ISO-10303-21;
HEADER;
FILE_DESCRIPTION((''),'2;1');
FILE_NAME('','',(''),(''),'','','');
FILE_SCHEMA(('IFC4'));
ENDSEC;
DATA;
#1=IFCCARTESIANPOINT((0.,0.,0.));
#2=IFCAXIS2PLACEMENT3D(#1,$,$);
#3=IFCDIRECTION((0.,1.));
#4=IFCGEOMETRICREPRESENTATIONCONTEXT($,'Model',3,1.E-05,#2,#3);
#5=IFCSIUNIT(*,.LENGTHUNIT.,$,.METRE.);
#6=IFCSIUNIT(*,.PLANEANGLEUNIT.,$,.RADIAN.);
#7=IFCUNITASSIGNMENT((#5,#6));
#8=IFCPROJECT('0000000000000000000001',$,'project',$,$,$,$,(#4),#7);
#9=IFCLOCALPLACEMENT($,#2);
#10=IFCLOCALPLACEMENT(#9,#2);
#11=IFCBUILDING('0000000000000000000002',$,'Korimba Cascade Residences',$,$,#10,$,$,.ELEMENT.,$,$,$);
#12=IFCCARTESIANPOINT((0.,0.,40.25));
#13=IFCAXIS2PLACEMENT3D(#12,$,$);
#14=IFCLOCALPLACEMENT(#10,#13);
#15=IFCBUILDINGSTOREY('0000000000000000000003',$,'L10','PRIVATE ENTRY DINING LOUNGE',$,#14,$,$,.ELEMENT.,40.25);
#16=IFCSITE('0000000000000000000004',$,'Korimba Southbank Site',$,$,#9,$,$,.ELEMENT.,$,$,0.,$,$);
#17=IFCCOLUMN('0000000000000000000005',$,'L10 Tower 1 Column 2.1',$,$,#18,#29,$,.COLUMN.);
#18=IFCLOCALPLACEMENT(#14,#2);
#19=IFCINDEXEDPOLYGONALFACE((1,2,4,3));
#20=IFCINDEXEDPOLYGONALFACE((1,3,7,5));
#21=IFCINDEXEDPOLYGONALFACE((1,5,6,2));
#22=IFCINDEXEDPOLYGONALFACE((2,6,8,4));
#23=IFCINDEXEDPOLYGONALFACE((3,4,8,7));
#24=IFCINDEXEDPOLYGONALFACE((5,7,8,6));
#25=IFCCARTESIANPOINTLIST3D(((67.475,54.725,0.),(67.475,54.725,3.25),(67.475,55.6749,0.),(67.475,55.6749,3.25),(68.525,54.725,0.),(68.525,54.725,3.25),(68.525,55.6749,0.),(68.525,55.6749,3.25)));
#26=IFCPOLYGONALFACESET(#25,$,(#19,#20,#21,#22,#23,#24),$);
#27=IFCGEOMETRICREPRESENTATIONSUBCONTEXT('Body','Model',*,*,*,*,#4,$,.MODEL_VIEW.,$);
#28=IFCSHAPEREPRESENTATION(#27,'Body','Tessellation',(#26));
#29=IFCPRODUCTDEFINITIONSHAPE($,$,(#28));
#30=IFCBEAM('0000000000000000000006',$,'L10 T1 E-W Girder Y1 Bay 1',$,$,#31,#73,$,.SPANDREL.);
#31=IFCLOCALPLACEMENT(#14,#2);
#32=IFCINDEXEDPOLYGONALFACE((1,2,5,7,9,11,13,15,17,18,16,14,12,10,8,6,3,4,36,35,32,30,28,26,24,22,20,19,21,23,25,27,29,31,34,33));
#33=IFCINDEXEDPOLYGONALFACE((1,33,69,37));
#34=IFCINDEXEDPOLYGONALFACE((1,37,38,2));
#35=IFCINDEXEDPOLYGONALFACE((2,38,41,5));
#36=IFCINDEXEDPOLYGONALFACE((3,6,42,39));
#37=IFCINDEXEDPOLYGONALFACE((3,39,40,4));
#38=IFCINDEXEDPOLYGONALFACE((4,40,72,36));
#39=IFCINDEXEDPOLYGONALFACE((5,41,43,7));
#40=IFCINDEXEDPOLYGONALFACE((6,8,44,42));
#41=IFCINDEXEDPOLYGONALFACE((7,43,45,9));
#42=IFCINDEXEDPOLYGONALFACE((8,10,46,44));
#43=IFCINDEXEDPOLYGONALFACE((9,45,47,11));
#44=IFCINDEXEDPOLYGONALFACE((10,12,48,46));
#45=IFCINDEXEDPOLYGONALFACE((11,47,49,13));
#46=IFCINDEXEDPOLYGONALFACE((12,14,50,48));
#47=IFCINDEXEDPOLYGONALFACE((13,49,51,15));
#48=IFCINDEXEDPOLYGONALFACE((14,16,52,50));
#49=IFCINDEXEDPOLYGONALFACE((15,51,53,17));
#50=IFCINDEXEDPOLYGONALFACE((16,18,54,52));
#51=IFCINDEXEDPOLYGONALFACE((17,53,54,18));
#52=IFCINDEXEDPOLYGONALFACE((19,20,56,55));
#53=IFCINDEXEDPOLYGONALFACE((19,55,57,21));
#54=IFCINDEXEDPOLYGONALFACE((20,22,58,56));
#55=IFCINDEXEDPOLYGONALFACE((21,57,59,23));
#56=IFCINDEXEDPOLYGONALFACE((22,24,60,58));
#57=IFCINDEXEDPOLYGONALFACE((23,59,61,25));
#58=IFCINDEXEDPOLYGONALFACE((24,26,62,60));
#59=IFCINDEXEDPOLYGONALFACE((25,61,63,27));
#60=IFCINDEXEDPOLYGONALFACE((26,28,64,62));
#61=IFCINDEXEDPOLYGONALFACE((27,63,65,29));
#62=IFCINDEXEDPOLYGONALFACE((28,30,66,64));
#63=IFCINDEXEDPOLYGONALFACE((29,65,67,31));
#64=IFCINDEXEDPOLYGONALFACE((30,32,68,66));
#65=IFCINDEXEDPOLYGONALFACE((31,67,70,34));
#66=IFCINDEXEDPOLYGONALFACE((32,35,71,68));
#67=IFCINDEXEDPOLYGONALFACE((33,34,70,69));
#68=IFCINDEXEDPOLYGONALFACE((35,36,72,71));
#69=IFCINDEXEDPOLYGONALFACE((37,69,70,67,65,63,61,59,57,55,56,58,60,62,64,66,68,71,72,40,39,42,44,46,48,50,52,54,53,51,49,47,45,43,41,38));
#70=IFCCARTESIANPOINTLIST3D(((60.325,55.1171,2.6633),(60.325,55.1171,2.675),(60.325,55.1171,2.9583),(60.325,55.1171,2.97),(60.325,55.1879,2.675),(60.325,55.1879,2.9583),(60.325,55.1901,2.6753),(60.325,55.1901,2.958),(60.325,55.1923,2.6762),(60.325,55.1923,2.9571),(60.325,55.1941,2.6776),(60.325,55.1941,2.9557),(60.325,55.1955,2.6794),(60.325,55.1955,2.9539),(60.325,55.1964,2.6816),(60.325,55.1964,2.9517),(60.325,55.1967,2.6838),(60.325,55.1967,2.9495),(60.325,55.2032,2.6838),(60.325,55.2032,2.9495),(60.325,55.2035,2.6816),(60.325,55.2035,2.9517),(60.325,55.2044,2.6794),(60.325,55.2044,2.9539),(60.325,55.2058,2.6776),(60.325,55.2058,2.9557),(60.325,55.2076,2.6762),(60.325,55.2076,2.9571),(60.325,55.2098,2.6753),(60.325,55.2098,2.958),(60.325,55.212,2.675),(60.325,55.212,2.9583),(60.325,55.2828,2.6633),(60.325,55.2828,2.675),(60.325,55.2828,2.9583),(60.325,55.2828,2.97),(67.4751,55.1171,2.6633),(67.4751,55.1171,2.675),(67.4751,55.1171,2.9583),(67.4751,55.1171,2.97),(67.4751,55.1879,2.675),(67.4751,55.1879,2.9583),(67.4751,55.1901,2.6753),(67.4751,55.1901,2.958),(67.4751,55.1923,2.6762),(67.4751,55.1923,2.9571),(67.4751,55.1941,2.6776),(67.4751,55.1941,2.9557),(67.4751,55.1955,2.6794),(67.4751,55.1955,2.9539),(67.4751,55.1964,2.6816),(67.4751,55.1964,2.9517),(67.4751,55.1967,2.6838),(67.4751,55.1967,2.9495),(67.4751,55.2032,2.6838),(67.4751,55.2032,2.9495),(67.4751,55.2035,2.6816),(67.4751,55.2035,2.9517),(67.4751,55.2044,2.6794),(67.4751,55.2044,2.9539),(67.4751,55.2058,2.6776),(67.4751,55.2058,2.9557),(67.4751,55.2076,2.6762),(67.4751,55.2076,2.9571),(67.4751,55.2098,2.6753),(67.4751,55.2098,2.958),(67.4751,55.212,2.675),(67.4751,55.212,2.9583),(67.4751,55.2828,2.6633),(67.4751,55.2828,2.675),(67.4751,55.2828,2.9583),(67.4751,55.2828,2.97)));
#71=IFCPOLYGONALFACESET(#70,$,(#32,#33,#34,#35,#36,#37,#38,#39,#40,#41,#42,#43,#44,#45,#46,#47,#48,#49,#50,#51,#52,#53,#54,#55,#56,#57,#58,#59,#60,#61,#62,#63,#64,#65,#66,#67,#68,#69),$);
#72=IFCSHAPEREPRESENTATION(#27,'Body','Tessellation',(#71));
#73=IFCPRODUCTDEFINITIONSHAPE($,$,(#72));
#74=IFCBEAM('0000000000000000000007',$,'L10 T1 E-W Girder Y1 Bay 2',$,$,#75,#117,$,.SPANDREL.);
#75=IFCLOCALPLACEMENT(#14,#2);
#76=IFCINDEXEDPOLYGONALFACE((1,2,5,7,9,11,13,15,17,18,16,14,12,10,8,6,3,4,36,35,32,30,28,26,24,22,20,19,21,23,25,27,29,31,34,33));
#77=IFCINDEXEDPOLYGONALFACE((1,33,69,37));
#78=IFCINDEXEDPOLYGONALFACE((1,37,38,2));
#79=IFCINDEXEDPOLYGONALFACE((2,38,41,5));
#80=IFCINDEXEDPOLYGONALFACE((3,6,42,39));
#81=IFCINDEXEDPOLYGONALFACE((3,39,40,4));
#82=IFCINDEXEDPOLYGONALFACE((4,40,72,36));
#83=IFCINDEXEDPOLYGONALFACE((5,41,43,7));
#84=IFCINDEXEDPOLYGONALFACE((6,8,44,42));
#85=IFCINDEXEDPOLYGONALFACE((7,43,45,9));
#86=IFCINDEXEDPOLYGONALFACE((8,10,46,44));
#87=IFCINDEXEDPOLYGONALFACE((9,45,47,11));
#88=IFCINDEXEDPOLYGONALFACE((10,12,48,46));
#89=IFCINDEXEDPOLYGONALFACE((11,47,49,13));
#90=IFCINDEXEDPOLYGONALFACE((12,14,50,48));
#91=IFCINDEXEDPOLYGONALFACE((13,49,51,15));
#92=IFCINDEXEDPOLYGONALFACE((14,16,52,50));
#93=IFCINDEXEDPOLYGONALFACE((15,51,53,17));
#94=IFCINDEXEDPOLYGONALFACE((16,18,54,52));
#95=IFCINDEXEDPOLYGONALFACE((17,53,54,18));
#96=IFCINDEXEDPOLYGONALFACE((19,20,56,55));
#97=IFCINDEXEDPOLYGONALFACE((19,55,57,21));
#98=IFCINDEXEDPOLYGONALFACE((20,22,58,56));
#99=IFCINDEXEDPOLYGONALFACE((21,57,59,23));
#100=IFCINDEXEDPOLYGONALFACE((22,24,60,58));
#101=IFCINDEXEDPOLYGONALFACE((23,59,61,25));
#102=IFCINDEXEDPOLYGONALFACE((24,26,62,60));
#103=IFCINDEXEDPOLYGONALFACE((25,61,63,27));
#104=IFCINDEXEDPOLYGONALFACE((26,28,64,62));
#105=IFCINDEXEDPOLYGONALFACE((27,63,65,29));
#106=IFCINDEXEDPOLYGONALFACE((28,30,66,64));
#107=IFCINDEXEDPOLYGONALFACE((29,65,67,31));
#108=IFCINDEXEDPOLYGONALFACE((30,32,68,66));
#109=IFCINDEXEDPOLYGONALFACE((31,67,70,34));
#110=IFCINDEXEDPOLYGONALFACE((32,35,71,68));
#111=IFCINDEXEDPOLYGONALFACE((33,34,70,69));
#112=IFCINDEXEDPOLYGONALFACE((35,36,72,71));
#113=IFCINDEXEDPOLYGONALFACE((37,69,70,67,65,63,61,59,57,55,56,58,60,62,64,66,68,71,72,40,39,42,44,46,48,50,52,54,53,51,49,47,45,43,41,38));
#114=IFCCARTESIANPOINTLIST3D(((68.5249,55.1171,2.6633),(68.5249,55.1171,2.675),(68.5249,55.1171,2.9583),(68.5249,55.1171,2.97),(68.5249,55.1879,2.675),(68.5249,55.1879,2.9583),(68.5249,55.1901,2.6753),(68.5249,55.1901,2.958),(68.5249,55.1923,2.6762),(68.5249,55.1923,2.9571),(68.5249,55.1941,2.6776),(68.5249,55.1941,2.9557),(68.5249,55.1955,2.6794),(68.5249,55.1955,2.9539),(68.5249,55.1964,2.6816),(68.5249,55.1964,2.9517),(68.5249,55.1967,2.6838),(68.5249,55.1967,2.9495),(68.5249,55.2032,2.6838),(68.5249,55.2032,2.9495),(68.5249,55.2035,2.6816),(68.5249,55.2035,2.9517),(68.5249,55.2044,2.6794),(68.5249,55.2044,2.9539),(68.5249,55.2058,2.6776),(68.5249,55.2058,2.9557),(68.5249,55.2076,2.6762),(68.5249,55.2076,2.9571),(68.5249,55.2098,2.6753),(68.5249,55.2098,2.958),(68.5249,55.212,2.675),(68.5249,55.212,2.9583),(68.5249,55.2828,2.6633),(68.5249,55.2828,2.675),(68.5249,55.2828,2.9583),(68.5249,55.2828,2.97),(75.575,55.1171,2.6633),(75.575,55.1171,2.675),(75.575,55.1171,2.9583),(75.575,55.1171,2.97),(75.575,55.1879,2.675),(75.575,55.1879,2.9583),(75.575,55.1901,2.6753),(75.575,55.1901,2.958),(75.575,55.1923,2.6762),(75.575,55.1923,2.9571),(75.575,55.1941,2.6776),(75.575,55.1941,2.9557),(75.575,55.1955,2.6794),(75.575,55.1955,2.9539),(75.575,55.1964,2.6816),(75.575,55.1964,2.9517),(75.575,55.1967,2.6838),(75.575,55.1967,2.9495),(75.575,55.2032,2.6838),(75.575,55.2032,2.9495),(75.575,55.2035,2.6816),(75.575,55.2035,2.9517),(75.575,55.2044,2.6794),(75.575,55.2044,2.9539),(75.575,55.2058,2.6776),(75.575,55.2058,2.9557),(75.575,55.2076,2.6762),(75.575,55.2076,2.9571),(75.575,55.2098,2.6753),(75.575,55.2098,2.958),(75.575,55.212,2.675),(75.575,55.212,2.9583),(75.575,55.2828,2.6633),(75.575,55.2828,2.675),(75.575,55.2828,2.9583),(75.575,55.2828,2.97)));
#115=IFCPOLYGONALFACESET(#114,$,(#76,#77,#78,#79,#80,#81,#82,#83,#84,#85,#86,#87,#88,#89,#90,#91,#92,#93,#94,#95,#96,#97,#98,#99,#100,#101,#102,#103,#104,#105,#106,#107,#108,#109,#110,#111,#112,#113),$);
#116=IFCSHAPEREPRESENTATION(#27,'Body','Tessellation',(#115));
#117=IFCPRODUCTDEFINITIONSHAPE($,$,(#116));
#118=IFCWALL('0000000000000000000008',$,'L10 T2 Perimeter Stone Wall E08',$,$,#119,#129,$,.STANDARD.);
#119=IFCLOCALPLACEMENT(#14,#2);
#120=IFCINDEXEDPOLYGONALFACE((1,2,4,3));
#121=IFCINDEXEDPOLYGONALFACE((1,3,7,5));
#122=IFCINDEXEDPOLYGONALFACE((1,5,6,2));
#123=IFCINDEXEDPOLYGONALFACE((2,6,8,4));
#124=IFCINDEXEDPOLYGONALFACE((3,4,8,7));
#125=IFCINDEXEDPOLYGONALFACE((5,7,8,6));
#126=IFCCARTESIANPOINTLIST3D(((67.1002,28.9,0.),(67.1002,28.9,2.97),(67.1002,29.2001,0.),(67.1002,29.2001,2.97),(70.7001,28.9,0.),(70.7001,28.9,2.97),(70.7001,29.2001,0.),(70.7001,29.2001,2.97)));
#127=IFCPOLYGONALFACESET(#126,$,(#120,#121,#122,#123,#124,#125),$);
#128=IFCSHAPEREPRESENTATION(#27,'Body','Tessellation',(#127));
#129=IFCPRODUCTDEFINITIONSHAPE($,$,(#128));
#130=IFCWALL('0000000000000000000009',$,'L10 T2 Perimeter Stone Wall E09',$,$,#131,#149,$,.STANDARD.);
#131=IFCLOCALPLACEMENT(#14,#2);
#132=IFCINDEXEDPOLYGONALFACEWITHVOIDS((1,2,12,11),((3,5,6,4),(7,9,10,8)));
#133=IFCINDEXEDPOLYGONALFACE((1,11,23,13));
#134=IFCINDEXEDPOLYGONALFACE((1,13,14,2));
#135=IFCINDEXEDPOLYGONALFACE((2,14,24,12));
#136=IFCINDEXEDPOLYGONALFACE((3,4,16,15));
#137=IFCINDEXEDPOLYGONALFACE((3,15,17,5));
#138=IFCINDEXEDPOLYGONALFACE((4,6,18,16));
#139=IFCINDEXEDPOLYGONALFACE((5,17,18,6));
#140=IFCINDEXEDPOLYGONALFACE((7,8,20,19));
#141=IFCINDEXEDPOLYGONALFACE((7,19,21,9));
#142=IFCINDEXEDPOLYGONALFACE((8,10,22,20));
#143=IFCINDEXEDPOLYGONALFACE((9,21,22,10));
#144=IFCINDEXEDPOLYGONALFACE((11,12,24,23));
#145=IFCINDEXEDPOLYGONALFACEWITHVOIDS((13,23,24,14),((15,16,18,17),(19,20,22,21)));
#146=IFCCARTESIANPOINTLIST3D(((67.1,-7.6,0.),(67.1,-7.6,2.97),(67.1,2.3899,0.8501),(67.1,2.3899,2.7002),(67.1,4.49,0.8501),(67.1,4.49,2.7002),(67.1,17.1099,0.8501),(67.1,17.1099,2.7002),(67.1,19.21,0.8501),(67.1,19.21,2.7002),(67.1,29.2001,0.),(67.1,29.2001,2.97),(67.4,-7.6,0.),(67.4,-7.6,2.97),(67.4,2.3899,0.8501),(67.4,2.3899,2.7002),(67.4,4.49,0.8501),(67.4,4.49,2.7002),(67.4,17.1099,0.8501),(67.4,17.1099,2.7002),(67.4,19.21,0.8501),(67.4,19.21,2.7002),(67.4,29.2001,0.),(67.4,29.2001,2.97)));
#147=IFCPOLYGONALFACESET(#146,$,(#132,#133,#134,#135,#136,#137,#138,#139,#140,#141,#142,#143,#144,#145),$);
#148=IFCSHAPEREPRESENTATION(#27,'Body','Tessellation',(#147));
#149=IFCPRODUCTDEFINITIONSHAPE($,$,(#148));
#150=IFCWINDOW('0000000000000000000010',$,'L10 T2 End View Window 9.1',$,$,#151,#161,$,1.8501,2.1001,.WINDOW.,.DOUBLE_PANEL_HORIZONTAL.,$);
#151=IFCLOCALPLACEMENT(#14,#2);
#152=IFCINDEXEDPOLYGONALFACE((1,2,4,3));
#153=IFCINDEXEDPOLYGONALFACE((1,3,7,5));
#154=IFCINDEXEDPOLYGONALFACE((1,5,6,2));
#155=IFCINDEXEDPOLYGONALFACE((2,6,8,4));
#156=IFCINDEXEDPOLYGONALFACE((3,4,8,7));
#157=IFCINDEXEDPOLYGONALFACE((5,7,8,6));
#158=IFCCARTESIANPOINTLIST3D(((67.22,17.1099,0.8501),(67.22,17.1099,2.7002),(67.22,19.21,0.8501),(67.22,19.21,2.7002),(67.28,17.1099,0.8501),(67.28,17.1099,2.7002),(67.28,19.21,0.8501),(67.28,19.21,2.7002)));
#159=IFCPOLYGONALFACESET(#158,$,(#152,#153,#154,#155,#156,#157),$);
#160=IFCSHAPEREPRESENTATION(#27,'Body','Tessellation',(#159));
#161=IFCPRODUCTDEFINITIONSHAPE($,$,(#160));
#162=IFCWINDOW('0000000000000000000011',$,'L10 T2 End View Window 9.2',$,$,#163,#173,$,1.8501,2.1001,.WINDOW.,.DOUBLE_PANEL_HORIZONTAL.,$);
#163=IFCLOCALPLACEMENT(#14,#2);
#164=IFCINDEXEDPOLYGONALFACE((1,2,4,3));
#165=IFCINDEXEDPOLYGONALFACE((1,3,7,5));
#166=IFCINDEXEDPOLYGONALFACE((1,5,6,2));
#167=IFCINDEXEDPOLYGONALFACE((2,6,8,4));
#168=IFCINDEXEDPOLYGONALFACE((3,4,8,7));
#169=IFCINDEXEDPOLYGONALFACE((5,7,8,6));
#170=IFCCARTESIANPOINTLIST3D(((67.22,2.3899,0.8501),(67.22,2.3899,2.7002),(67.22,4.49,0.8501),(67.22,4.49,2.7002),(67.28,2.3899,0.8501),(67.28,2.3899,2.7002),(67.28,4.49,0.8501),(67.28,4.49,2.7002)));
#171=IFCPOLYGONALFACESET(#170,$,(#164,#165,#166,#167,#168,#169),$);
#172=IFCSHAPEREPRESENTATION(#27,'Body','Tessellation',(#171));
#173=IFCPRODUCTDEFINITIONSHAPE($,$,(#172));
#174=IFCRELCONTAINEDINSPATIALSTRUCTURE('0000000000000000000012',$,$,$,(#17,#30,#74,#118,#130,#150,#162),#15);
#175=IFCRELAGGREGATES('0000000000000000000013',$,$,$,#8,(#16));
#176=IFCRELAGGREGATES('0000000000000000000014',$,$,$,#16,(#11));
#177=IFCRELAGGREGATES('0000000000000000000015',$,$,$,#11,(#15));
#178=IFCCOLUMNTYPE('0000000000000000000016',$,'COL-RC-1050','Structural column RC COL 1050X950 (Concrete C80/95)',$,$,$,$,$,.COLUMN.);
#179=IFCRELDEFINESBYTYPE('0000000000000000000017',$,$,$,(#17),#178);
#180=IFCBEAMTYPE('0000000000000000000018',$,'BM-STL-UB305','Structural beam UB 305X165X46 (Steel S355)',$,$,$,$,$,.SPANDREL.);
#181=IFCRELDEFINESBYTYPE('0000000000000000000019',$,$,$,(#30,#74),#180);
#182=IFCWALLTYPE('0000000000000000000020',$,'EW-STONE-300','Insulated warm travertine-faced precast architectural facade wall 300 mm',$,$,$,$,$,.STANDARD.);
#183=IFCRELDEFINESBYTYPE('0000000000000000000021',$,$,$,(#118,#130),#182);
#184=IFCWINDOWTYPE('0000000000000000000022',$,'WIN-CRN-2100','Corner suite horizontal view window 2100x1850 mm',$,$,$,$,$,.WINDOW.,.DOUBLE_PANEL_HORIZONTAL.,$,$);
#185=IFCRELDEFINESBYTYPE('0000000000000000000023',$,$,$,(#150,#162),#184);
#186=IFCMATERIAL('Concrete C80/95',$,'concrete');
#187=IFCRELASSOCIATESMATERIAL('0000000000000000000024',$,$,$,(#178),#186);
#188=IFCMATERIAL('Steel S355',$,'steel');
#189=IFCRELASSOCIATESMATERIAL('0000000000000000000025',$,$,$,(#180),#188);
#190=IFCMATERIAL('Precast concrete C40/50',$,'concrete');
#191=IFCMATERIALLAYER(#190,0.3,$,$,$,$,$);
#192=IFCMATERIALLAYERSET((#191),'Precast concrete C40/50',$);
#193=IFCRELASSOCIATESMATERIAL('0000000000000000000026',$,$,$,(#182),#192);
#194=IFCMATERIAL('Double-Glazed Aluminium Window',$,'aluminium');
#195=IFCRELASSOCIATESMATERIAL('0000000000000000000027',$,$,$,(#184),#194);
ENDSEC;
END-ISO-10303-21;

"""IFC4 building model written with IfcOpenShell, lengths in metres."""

from ifc_helpers import new_model, si_unit, direction, frame, frame_2d, origin, origin_2d, place, context, subcontext, project, spatial, rectangle, i_section, extrude, material, layer, layer_set, material_profile, profile_set, type_object, element, fill, save


model = new_model("IFC4")

# Units and contexts
model_context = context("Model", 3, precision=1e-05, world=origin(), true_north=direction((0.0, 1.0)))
body_context = subcontext(model_context, "Body", "Model", "MODEL_VIEW")
ifc_project = project(units=[si_unit("LENGTHUNIT", "METRE"), si_unit("PLANEANGLEUNIT", "RADIAN")], contexts=[model_context])

# Site, building, storey
site_placement = place(None, origin())
site = spatial("IfcSite", under=ifc_project, at=site_placement, Name="Korimba Southbank Site", CompositionType="ELEMENT", RefElevation=0.0)
building_placement = place(site_placement, origin())
building = spatial("IfcBuilding", under=site, at=building_placement, Name="Korimba Cascade Residences", CompositionType="ELEMENT")
storey_placement = place(building_placement, frame((0.0, 0.0, 40.25)))
storey = spatial("IfcBuildingStorey", under=building, at=storey_placement, Name="L10", Description="PRIVATE ENTRY DINING LOUNGE", CompositionType="ELEMENT", Elevation=40.25)

# Column
ifc_material_1 = material(Name="Concrete C80/95", Category="concrete")
ifc_material_profile_1 = material_profile(ifc_material_1, rectangle(XDim=1.05, YDim=0.95, at=origin_2d()), Name="Concrete C80/95")
ifc_profile_set_1 = profile_set([ifc_material_profile_1], Name="Concrete C80/95")
column_type = type_object("IfcColumnType", Name="COL-RC-1050", Description="Structural column RC COL 1050X950 (Concrete C80/95)", PredefinedType="COLUMN", material=ifc_profile_set_1)
column_placement = place(storey_placement, frame((68.0, 55.2, 0.0), z_axis=(0.0, 0.0, 1.0), x_axis=(1.0, 0.0, 0.0)))
element("IfcColumn", 1, at=column_placement, inside=storey, type_object=column_type, Name="L10 Tower 1 Column 2.1", PredefinedType="COLUMN", context=body_context, shape_type="SweptSolid", body=[
    extrude(rectangle(XDim=1.05, YDim=0.95, at=origin_2d()), origin(), (0.0, 0.0, 1.0), 3.25),
])

# Beams
ifc_material_2 = material(Name="Steel S355", Category="steel")
ifc_material_profile_2 = material_profile(ifc_material_2, i_section(OverallWidth=0.1658, OverallDepth=0.3066, WebThickness=0.0066, FlangeThickness=0.0117, FilletRadius=0.0088, at=origin_2d()), Name="Steel S355")
ifc_profile_set_2 = profile_set([ifc_material_profile_2], Name="Steel S355")
beam_type = type_object("IfcBeamType", Name="BM-STL-UB305", Description="Structural beam UB 305X165X46 (Steel S355)", PredefinedType="SPANDREL", material=ifc_profile_set_2)
beam_1_placement = place(storey_placement, frame((60.325, 55.2, 2.8167), z_axis=(1.0, 0.0, 0.0), x_axis=(0.0, 1.0, 0.0)))
element("IfcBeam", 2, at=beam_1_placement, inside=storey, type_object=beam_type, Name="L10 T1 E-W Girder Y1 Bay 1", PredefinedType="SPANDREL", context=body_context, shape_type="SweptSolid", body=[
    extrude(i_section(OverallWidth=0.1658, OverallDepth=0.3066, WebThickness=0.0066, FlangeThickness=0.0117, FilletRadius=0.0088, at=origin_2d()), origin(), (0.0, 0.0, 1.0), 7.1501),
])
beam_2_placement = place(storey_placement, frame((68.5249, 55.2, 2.8167), z_axis=(1.0, 0.0, 0.0), x_axis=(0.0, 1.0, 0.0)))
element("IfcBeam", 3, at=beam_2_placement, inside=storey, type_object=beam_type, Name="L10 T1 E-W Girder Y1 Bay 2", PredefinedType="SPANDREL", context=body_context, shape_type="SweptSolid", body=[
    extrude(i_section(OverallWidth=0.1658, OverallDepth=0.3066, WebThickness=0.0066, FlangeThickness=0.0117, FilletRadius=0.0088, at=origin_2d()), origin(), (0.0, 0.0, 1.0), 7.05),
])

# Wall
ifc_material_3 = material(Name="Precast concrete C40/50", Category="concrete")
ifc_layer_1 = layer(ifc_material_3, 0.3)
ifc_layer_set_1 = layer_set([ifc_layer_1], Name="Precast concrete C40/50")
wall_type_1 = type_object("IfcWallType", Name="EW-STONE-300", Description="Insulated warm travertine-faced precast architectural facade wall 300 mm", PredefinedType="STANDARD", material=ifc_layer_set_1)
wall_1_placement = place(storey_placement, frame((70.7, 29.05, 0.0), z_axis=(0.0, 0.0, 1.0), x_axis=(-1.0, 0.0, 0.0)))
element("IfcWall", 4, at=wall_1_placement, inside=storey, type_object=wall_type_1, Name="L10 T2 Perimeter Stone Wall E08", PredefinedType="STANDARD", context=body_context, shape_type="SweptSolid", body=[
    extrude(rectangle(XDim=3.5999, YDim=0.3, at=frame_2d((1.7998, 0.0))), origin(), (0.0, 0.0, 1.0), 2.97),
])

# Wall, openings, windows
wall_2_placement = place(storey_placement, frame((67.25, 29.2, 0.0), z_axis=(0.0, 0.0, 1.0), x_axis=(0.0, -1.0, 0.0)))
wall_2 = element("IfcWall", 5, at=wall_2_placement, inside=storey, type_object=wall_type_1, Name="L10 T2 Perimeter Stone Wall E09", PredefinedType="STANDARD", context=body_context, shape_type="SweptSolid", body=[
    extrude(rectangle(XDim=36.8, YDim=0.3, at=frame_2d((18.3999, 0.0))), origin(), (0.0, 0.0, 1.0), 2.97),
])
opening_1_placement = place(wall_2_placement, frame((9.99, 0.0, 0.8501)))
opening_1 = element("IfcOpeningElement", 6, at=opening_1_placement, cuts=wall_2, PredefinedType="OPENING", context=body_context, shape_type="SweptSolid", body=[
    extrude(rectangle(XDim=2.1001, YDim=1.8501, at=frame_2d((1.05, 0.925))), frame((0.0, 0.1602, 0.0), z_axis=(0.0, -1.0, 0.0), x_axis=(1.0, 0.0, 0.0)), (0.0, 0.0, 1.0), 0.3201),
])
opening_2_placement = place(wall_2_placement, frame((24.71, 0.0, 0.8501)))
opening_2 = element("IfcOpeningElement", 7, at=opening_2_placement, cuts=wall_2, PredefinedType="OPENING", context=body_context, shape_type="SweptSolid", body=[
    extrude(rectangle(XDim=2.1001, YDim=1.8501, at=frame_2d((1.05, 0.925))), frame((0.0, 0.1602, 0.0), z_axis=(0.0, -1.0, 0.0), x_axis=(1.0, 0.0, 0.0)), (0.0, 0.0, 1.0), 0.3201),
])
ifc_material_4 = material(Name="Double-Glazed Aluminium Window", Category="aluminium")
window_type = type_object("IfcWindowType", Name="WIN-CRN-2100", Description="Corner suite horizontal view window 2100x1850 mm", PartitioningType="DOUBLE_PANEL_HORIZONTAL", PredefinedType="WINDOW", material=ifc_material_4)
window_1_placement = place(opening_1_placement, origin())
window_1 = element("IfcWindow", 8, at=window_1_placement, inside=storey, type_object=window_type, Name="L10 T2 End View Window 9.1", OverallHeight=1.8501, OverallWidth=2.1001, PartitioningType="DOUBLE_PANEL_HORIZONTAL", PredefinedType="WINDOW", context=body_context, shape_type="SweptSolid", body=[
    extrude(rectangle(XDim=2.1001, YDim=1.8501, at=frame_2d((1.05, 0.925))), frame((0.0, 0.03, 0.0), z_axis=(0.0, -1.0, 0.0), x_axis=(1.0, 0.0, 0.0)), (0.0, 0.0, 1.0), 0.0601),
])
fill(opening_1, window_1)
window_2_placement = place(opening_2_placement, origin())
window_2 = element("IfcWindow", 9, at=window_2_placement, inside=storey, type_object=window_type, Name="L10 T2 End View Window 9.2", OverallHeight=1.8501, OverallWidth=2.1001, PartitioningType="DOUBLE_PANEL_HORIZONTAL", PredefinedType="WINDOW", context=body_context, shape_type="SweptSolid", body=[
    extrude(rectangle(XDim=2.1001, YDim=1.8501, at=frame_2d((1.05, 0.925))), frame((0.0, 0.03, 0.0), z_axis=(0.0, -1.0, 0.0), x_axis=(1.0, 0.0, 0.0)), (0.0, 0.0, 1.0), 0.0601),
])
fill(opening_2, window_2)

save(model, "model.ifc")
